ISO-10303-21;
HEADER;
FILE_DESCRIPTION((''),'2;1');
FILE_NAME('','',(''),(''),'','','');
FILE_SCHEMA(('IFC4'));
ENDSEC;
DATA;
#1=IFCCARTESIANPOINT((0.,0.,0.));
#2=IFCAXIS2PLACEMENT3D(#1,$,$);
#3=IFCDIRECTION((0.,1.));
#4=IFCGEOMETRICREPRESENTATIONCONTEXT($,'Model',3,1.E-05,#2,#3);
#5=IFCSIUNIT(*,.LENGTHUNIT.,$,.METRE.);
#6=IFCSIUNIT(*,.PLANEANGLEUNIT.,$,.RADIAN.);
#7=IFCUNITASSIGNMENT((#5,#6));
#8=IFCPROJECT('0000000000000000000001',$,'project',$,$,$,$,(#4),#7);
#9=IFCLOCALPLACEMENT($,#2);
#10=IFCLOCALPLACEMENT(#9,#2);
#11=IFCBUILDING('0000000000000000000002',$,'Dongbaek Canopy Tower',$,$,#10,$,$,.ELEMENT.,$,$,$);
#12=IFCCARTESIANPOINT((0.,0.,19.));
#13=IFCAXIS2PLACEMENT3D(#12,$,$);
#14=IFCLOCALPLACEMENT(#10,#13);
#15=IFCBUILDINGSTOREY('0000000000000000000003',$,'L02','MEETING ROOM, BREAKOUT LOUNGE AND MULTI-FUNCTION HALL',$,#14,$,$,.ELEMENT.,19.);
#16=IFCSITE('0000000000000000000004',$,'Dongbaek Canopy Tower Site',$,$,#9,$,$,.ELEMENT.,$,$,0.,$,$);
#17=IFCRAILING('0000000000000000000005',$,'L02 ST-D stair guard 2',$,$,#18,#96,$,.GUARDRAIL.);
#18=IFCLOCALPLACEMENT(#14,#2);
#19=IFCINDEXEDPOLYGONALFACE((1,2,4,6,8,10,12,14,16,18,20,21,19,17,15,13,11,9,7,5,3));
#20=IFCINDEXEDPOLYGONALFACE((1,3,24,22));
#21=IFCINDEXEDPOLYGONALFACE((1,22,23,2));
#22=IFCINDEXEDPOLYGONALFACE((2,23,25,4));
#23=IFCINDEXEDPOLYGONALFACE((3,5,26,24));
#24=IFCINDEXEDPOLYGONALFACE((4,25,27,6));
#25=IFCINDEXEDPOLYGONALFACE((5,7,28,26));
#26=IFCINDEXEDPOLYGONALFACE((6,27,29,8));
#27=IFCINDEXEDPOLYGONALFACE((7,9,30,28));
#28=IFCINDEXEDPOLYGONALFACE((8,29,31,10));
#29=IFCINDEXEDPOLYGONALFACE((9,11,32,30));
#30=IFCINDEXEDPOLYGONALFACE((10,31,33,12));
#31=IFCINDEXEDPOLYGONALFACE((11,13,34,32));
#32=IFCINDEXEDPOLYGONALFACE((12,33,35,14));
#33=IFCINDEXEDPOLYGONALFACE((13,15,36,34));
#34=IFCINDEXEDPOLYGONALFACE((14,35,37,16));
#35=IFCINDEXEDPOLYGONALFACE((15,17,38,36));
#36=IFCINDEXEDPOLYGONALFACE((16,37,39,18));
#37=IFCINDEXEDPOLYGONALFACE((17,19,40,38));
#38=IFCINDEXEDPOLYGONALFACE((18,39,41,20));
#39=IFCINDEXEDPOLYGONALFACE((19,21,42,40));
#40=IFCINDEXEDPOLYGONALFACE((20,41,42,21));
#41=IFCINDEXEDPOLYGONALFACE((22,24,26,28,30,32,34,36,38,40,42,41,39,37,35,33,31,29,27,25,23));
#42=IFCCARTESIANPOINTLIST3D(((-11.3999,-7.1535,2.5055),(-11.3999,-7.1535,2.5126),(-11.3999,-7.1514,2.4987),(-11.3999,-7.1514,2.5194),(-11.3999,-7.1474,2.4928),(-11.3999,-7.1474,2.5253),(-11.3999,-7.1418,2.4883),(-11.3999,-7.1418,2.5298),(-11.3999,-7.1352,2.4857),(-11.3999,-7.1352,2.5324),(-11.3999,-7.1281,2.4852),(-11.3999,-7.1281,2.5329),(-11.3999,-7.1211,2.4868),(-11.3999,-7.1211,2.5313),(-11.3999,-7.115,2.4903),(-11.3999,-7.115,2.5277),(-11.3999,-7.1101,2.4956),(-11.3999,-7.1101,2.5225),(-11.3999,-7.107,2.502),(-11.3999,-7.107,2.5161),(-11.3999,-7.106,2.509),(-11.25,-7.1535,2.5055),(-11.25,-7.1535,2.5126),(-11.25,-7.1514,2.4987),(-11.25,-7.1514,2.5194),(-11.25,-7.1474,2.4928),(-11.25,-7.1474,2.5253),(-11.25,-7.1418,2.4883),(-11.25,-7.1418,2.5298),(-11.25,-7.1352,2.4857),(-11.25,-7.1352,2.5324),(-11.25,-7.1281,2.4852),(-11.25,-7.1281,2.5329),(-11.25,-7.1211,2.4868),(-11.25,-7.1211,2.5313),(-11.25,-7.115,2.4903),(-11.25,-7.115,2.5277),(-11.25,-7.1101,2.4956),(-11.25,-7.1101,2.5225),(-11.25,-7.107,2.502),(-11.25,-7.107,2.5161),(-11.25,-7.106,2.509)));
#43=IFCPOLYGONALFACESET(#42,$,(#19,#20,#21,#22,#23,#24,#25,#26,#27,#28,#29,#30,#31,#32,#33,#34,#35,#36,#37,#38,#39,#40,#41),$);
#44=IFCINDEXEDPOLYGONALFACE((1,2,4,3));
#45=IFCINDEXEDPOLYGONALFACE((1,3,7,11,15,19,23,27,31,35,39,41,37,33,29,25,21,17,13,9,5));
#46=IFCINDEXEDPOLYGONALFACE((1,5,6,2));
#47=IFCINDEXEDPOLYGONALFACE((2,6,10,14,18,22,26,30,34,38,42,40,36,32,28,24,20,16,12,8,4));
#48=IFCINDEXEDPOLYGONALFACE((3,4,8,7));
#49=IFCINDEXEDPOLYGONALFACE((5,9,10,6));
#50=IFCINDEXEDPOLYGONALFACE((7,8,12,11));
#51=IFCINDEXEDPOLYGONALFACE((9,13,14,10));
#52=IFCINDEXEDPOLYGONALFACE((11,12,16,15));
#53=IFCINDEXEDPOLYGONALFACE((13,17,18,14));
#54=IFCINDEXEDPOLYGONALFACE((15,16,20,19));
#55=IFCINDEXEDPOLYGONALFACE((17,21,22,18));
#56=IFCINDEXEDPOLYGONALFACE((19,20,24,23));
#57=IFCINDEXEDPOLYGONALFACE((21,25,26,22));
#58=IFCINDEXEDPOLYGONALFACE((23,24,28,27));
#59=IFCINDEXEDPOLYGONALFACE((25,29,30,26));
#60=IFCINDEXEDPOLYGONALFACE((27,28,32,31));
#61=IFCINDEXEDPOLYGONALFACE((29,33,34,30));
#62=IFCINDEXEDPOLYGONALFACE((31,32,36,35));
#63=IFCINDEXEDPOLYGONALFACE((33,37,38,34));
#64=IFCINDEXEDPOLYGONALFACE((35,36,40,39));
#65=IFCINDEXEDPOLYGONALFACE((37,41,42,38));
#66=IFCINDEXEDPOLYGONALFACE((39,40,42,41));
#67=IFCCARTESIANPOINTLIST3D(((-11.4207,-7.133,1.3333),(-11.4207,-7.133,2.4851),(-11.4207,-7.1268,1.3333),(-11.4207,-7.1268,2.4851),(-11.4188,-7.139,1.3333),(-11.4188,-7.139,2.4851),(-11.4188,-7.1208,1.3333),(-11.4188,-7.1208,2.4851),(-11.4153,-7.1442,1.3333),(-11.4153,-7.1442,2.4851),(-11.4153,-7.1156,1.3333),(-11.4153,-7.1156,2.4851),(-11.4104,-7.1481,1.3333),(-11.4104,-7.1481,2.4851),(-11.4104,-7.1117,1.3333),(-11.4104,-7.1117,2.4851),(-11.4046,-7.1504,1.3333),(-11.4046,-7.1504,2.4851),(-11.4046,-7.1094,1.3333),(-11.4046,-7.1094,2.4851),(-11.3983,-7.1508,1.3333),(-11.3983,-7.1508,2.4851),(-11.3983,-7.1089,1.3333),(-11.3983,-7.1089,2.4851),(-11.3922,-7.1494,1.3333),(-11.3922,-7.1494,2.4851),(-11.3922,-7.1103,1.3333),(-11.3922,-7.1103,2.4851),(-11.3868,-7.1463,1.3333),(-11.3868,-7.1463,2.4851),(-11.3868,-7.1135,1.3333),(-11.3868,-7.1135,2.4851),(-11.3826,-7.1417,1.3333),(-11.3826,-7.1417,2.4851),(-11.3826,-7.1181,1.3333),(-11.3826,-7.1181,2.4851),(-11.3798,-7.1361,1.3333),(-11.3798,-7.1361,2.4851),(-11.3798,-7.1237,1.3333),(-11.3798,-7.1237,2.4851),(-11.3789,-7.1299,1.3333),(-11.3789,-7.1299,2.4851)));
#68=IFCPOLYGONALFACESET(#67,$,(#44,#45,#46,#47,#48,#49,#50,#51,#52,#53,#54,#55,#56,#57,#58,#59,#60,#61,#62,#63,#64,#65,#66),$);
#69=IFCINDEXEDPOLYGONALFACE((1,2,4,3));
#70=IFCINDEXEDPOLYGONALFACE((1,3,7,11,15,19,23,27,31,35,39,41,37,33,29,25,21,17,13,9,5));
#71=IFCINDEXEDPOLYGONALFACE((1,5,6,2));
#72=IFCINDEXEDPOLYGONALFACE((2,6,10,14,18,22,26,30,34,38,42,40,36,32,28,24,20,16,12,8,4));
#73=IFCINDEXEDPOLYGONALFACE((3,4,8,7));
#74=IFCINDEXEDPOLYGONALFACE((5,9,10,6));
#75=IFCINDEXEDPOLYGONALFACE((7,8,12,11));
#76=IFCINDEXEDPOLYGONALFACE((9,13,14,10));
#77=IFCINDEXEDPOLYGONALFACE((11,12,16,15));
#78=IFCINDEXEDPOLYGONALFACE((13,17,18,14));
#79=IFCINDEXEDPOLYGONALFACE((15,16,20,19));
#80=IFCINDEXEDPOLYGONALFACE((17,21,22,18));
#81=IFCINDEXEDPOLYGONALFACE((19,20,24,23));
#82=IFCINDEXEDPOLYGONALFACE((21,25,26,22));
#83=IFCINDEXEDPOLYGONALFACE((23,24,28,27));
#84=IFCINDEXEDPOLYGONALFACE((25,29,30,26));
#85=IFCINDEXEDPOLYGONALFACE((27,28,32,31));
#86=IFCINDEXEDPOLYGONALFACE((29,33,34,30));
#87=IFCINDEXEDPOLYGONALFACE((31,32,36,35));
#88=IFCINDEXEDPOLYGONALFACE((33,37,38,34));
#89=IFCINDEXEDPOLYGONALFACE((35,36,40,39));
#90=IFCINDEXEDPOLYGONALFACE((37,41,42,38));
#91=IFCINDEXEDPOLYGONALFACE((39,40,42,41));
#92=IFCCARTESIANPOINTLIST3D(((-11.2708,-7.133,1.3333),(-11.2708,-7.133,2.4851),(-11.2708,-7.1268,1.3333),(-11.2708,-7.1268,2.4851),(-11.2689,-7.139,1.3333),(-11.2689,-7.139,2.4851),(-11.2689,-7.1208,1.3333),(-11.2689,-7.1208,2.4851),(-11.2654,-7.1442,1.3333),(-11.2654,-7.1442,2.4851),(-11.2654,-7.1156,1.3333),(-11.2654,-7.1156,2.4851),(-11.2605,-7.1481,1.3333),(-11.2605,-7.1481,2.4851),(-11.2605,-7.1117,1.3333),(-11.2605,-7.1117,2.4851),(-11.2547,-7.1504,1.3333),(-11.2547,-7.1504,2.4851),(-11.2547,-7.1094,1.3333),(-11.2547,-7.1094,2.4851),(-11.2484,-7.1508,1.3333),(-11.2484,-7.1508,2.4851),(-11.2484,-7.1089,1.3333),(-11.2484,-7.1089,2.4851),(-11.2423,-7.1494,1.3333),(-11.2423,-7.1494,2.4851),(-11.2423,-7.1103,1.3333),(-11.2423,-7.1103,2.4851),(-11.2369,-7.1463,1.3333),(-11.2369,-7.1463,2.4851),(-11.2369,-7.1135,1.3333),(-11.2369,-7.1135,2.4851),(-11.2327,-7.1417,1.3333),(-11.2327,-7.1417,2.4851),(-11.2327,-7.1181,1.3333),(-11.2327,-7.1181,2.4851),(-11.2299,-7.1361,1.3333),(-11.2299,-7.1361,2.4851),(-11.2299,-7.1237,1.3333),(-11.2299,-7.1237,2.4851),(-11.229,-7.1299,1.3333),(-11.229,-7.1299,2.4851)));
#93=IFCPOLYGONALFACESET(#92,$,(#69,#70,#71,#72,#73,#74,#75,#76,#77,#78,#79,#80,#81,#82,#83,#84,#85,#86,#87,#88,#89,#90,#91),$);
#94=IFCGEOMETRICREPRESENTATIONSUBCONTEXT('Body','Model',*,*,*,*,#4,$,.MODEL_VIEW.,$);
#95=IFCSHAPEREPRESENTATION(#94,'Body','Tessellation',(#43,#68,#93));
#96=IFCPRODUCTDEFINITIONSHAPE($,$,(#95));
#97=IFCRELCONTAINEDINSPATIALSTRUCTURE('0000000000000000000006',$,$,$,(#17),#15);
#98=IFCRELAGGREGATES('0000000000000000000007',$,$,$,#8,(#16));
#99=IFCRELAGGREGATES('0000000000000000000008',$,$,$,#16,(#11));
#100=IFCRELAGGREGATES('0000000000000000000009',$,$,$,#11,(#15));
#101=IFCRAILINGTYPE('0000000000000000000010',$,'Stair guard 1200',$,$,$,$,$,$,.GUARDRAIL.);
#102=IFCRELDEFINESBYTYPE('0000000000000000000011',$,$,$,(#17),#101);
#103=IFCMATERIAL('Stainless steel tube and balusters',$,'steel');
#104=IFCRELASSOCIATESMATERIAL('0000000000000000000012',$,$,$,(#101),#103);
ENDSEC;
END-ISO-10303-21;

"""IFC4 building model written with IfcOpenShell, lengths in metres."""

from ifc_helpers import new_model, si_unit, direction, frame, origin, origin_2d, place, context, subcontext, project, spatial, circle, extrude, material, type_object, element, save


model = new_model("IFC4")

# Units and contexts
model_context = context("Model", 3, precision=1e-05, world=origin(), true_north=direction((0.0, 1.0)))
body_context = subcontext(model_context, "Body", "Model", "MODEL_VIEW")
ifc_project = project(units=[si_unit("LENGTHUNIT", "METRE"), si_unit("PLANEANGLEUNIT", "RADIAN")], contexts=[model_context])

# Site, building, storey
site_placement = place(None, origin())
site = spatial("IfcSite", under=ifc_project, at=site_placement, Name="Dongbaek Canopy Tower Site", CompositionType="ELEMENT", RefElevation=0.0)
building_placement = place(site_placement, origin())
building = spatial("IfcBuilding", under=site, at=building_placement, Name="Dongbaek Canopy Tower", CompositionType="ELEMENT")
storey_placement = place(building_placement, frame((0.0, 0.0, 19.0)))
storey = spatial("IfcBuildingStorey", under=building, at=storey_placement, Name="L02", Description="MEETING ROOM, BREAKOUT LOUNGE AND MULTI-FUNCTION HALL", CompositionType="ELEMENT", Elevation=19.0)

# Railing
ifc_material_1 = material(Name="Stainless steel tube and balusters", Category="steel")
railing_type_1 = type_object("IfcRailingType", Name="Stair guard 1200", PredefinedType="GUARDRAIL", material=ifc_material_1)
railing_1_placement = place(storey_placement, frame((-11.3999, -7.1299, 1.3333)))
element("IfcRailing", 1, at=railing_1_placement, inside=storey, type_object=railing_type_1, Name="L02 ST-D stair guard 2", PredefinedType="GUARDRAIL", context=body_context, shape_type="SweptSolid", body=[
    extrude(circle(Radius=0.0239, at=origin_2d()), frame((0.0, 0.0, 1.1758), z_axis=(1.0, 0.0, 0.0), x_axis=(0.0, 1.0, 0.0)), (0.0, 0.0, 1.0), 0.1499),
    extrude(circle(Radius=0.021, at=origin_2d()), origin(), (0.0, 0.0, 1.0), 1.1519),
    extrude(circle(Radius=0.021, at=origin_2d()), frame((0.1499, 0.0, 0.0)), (0.0, 0.0, 1.0), 1.1519),
])

save(model, "model.ifc")
